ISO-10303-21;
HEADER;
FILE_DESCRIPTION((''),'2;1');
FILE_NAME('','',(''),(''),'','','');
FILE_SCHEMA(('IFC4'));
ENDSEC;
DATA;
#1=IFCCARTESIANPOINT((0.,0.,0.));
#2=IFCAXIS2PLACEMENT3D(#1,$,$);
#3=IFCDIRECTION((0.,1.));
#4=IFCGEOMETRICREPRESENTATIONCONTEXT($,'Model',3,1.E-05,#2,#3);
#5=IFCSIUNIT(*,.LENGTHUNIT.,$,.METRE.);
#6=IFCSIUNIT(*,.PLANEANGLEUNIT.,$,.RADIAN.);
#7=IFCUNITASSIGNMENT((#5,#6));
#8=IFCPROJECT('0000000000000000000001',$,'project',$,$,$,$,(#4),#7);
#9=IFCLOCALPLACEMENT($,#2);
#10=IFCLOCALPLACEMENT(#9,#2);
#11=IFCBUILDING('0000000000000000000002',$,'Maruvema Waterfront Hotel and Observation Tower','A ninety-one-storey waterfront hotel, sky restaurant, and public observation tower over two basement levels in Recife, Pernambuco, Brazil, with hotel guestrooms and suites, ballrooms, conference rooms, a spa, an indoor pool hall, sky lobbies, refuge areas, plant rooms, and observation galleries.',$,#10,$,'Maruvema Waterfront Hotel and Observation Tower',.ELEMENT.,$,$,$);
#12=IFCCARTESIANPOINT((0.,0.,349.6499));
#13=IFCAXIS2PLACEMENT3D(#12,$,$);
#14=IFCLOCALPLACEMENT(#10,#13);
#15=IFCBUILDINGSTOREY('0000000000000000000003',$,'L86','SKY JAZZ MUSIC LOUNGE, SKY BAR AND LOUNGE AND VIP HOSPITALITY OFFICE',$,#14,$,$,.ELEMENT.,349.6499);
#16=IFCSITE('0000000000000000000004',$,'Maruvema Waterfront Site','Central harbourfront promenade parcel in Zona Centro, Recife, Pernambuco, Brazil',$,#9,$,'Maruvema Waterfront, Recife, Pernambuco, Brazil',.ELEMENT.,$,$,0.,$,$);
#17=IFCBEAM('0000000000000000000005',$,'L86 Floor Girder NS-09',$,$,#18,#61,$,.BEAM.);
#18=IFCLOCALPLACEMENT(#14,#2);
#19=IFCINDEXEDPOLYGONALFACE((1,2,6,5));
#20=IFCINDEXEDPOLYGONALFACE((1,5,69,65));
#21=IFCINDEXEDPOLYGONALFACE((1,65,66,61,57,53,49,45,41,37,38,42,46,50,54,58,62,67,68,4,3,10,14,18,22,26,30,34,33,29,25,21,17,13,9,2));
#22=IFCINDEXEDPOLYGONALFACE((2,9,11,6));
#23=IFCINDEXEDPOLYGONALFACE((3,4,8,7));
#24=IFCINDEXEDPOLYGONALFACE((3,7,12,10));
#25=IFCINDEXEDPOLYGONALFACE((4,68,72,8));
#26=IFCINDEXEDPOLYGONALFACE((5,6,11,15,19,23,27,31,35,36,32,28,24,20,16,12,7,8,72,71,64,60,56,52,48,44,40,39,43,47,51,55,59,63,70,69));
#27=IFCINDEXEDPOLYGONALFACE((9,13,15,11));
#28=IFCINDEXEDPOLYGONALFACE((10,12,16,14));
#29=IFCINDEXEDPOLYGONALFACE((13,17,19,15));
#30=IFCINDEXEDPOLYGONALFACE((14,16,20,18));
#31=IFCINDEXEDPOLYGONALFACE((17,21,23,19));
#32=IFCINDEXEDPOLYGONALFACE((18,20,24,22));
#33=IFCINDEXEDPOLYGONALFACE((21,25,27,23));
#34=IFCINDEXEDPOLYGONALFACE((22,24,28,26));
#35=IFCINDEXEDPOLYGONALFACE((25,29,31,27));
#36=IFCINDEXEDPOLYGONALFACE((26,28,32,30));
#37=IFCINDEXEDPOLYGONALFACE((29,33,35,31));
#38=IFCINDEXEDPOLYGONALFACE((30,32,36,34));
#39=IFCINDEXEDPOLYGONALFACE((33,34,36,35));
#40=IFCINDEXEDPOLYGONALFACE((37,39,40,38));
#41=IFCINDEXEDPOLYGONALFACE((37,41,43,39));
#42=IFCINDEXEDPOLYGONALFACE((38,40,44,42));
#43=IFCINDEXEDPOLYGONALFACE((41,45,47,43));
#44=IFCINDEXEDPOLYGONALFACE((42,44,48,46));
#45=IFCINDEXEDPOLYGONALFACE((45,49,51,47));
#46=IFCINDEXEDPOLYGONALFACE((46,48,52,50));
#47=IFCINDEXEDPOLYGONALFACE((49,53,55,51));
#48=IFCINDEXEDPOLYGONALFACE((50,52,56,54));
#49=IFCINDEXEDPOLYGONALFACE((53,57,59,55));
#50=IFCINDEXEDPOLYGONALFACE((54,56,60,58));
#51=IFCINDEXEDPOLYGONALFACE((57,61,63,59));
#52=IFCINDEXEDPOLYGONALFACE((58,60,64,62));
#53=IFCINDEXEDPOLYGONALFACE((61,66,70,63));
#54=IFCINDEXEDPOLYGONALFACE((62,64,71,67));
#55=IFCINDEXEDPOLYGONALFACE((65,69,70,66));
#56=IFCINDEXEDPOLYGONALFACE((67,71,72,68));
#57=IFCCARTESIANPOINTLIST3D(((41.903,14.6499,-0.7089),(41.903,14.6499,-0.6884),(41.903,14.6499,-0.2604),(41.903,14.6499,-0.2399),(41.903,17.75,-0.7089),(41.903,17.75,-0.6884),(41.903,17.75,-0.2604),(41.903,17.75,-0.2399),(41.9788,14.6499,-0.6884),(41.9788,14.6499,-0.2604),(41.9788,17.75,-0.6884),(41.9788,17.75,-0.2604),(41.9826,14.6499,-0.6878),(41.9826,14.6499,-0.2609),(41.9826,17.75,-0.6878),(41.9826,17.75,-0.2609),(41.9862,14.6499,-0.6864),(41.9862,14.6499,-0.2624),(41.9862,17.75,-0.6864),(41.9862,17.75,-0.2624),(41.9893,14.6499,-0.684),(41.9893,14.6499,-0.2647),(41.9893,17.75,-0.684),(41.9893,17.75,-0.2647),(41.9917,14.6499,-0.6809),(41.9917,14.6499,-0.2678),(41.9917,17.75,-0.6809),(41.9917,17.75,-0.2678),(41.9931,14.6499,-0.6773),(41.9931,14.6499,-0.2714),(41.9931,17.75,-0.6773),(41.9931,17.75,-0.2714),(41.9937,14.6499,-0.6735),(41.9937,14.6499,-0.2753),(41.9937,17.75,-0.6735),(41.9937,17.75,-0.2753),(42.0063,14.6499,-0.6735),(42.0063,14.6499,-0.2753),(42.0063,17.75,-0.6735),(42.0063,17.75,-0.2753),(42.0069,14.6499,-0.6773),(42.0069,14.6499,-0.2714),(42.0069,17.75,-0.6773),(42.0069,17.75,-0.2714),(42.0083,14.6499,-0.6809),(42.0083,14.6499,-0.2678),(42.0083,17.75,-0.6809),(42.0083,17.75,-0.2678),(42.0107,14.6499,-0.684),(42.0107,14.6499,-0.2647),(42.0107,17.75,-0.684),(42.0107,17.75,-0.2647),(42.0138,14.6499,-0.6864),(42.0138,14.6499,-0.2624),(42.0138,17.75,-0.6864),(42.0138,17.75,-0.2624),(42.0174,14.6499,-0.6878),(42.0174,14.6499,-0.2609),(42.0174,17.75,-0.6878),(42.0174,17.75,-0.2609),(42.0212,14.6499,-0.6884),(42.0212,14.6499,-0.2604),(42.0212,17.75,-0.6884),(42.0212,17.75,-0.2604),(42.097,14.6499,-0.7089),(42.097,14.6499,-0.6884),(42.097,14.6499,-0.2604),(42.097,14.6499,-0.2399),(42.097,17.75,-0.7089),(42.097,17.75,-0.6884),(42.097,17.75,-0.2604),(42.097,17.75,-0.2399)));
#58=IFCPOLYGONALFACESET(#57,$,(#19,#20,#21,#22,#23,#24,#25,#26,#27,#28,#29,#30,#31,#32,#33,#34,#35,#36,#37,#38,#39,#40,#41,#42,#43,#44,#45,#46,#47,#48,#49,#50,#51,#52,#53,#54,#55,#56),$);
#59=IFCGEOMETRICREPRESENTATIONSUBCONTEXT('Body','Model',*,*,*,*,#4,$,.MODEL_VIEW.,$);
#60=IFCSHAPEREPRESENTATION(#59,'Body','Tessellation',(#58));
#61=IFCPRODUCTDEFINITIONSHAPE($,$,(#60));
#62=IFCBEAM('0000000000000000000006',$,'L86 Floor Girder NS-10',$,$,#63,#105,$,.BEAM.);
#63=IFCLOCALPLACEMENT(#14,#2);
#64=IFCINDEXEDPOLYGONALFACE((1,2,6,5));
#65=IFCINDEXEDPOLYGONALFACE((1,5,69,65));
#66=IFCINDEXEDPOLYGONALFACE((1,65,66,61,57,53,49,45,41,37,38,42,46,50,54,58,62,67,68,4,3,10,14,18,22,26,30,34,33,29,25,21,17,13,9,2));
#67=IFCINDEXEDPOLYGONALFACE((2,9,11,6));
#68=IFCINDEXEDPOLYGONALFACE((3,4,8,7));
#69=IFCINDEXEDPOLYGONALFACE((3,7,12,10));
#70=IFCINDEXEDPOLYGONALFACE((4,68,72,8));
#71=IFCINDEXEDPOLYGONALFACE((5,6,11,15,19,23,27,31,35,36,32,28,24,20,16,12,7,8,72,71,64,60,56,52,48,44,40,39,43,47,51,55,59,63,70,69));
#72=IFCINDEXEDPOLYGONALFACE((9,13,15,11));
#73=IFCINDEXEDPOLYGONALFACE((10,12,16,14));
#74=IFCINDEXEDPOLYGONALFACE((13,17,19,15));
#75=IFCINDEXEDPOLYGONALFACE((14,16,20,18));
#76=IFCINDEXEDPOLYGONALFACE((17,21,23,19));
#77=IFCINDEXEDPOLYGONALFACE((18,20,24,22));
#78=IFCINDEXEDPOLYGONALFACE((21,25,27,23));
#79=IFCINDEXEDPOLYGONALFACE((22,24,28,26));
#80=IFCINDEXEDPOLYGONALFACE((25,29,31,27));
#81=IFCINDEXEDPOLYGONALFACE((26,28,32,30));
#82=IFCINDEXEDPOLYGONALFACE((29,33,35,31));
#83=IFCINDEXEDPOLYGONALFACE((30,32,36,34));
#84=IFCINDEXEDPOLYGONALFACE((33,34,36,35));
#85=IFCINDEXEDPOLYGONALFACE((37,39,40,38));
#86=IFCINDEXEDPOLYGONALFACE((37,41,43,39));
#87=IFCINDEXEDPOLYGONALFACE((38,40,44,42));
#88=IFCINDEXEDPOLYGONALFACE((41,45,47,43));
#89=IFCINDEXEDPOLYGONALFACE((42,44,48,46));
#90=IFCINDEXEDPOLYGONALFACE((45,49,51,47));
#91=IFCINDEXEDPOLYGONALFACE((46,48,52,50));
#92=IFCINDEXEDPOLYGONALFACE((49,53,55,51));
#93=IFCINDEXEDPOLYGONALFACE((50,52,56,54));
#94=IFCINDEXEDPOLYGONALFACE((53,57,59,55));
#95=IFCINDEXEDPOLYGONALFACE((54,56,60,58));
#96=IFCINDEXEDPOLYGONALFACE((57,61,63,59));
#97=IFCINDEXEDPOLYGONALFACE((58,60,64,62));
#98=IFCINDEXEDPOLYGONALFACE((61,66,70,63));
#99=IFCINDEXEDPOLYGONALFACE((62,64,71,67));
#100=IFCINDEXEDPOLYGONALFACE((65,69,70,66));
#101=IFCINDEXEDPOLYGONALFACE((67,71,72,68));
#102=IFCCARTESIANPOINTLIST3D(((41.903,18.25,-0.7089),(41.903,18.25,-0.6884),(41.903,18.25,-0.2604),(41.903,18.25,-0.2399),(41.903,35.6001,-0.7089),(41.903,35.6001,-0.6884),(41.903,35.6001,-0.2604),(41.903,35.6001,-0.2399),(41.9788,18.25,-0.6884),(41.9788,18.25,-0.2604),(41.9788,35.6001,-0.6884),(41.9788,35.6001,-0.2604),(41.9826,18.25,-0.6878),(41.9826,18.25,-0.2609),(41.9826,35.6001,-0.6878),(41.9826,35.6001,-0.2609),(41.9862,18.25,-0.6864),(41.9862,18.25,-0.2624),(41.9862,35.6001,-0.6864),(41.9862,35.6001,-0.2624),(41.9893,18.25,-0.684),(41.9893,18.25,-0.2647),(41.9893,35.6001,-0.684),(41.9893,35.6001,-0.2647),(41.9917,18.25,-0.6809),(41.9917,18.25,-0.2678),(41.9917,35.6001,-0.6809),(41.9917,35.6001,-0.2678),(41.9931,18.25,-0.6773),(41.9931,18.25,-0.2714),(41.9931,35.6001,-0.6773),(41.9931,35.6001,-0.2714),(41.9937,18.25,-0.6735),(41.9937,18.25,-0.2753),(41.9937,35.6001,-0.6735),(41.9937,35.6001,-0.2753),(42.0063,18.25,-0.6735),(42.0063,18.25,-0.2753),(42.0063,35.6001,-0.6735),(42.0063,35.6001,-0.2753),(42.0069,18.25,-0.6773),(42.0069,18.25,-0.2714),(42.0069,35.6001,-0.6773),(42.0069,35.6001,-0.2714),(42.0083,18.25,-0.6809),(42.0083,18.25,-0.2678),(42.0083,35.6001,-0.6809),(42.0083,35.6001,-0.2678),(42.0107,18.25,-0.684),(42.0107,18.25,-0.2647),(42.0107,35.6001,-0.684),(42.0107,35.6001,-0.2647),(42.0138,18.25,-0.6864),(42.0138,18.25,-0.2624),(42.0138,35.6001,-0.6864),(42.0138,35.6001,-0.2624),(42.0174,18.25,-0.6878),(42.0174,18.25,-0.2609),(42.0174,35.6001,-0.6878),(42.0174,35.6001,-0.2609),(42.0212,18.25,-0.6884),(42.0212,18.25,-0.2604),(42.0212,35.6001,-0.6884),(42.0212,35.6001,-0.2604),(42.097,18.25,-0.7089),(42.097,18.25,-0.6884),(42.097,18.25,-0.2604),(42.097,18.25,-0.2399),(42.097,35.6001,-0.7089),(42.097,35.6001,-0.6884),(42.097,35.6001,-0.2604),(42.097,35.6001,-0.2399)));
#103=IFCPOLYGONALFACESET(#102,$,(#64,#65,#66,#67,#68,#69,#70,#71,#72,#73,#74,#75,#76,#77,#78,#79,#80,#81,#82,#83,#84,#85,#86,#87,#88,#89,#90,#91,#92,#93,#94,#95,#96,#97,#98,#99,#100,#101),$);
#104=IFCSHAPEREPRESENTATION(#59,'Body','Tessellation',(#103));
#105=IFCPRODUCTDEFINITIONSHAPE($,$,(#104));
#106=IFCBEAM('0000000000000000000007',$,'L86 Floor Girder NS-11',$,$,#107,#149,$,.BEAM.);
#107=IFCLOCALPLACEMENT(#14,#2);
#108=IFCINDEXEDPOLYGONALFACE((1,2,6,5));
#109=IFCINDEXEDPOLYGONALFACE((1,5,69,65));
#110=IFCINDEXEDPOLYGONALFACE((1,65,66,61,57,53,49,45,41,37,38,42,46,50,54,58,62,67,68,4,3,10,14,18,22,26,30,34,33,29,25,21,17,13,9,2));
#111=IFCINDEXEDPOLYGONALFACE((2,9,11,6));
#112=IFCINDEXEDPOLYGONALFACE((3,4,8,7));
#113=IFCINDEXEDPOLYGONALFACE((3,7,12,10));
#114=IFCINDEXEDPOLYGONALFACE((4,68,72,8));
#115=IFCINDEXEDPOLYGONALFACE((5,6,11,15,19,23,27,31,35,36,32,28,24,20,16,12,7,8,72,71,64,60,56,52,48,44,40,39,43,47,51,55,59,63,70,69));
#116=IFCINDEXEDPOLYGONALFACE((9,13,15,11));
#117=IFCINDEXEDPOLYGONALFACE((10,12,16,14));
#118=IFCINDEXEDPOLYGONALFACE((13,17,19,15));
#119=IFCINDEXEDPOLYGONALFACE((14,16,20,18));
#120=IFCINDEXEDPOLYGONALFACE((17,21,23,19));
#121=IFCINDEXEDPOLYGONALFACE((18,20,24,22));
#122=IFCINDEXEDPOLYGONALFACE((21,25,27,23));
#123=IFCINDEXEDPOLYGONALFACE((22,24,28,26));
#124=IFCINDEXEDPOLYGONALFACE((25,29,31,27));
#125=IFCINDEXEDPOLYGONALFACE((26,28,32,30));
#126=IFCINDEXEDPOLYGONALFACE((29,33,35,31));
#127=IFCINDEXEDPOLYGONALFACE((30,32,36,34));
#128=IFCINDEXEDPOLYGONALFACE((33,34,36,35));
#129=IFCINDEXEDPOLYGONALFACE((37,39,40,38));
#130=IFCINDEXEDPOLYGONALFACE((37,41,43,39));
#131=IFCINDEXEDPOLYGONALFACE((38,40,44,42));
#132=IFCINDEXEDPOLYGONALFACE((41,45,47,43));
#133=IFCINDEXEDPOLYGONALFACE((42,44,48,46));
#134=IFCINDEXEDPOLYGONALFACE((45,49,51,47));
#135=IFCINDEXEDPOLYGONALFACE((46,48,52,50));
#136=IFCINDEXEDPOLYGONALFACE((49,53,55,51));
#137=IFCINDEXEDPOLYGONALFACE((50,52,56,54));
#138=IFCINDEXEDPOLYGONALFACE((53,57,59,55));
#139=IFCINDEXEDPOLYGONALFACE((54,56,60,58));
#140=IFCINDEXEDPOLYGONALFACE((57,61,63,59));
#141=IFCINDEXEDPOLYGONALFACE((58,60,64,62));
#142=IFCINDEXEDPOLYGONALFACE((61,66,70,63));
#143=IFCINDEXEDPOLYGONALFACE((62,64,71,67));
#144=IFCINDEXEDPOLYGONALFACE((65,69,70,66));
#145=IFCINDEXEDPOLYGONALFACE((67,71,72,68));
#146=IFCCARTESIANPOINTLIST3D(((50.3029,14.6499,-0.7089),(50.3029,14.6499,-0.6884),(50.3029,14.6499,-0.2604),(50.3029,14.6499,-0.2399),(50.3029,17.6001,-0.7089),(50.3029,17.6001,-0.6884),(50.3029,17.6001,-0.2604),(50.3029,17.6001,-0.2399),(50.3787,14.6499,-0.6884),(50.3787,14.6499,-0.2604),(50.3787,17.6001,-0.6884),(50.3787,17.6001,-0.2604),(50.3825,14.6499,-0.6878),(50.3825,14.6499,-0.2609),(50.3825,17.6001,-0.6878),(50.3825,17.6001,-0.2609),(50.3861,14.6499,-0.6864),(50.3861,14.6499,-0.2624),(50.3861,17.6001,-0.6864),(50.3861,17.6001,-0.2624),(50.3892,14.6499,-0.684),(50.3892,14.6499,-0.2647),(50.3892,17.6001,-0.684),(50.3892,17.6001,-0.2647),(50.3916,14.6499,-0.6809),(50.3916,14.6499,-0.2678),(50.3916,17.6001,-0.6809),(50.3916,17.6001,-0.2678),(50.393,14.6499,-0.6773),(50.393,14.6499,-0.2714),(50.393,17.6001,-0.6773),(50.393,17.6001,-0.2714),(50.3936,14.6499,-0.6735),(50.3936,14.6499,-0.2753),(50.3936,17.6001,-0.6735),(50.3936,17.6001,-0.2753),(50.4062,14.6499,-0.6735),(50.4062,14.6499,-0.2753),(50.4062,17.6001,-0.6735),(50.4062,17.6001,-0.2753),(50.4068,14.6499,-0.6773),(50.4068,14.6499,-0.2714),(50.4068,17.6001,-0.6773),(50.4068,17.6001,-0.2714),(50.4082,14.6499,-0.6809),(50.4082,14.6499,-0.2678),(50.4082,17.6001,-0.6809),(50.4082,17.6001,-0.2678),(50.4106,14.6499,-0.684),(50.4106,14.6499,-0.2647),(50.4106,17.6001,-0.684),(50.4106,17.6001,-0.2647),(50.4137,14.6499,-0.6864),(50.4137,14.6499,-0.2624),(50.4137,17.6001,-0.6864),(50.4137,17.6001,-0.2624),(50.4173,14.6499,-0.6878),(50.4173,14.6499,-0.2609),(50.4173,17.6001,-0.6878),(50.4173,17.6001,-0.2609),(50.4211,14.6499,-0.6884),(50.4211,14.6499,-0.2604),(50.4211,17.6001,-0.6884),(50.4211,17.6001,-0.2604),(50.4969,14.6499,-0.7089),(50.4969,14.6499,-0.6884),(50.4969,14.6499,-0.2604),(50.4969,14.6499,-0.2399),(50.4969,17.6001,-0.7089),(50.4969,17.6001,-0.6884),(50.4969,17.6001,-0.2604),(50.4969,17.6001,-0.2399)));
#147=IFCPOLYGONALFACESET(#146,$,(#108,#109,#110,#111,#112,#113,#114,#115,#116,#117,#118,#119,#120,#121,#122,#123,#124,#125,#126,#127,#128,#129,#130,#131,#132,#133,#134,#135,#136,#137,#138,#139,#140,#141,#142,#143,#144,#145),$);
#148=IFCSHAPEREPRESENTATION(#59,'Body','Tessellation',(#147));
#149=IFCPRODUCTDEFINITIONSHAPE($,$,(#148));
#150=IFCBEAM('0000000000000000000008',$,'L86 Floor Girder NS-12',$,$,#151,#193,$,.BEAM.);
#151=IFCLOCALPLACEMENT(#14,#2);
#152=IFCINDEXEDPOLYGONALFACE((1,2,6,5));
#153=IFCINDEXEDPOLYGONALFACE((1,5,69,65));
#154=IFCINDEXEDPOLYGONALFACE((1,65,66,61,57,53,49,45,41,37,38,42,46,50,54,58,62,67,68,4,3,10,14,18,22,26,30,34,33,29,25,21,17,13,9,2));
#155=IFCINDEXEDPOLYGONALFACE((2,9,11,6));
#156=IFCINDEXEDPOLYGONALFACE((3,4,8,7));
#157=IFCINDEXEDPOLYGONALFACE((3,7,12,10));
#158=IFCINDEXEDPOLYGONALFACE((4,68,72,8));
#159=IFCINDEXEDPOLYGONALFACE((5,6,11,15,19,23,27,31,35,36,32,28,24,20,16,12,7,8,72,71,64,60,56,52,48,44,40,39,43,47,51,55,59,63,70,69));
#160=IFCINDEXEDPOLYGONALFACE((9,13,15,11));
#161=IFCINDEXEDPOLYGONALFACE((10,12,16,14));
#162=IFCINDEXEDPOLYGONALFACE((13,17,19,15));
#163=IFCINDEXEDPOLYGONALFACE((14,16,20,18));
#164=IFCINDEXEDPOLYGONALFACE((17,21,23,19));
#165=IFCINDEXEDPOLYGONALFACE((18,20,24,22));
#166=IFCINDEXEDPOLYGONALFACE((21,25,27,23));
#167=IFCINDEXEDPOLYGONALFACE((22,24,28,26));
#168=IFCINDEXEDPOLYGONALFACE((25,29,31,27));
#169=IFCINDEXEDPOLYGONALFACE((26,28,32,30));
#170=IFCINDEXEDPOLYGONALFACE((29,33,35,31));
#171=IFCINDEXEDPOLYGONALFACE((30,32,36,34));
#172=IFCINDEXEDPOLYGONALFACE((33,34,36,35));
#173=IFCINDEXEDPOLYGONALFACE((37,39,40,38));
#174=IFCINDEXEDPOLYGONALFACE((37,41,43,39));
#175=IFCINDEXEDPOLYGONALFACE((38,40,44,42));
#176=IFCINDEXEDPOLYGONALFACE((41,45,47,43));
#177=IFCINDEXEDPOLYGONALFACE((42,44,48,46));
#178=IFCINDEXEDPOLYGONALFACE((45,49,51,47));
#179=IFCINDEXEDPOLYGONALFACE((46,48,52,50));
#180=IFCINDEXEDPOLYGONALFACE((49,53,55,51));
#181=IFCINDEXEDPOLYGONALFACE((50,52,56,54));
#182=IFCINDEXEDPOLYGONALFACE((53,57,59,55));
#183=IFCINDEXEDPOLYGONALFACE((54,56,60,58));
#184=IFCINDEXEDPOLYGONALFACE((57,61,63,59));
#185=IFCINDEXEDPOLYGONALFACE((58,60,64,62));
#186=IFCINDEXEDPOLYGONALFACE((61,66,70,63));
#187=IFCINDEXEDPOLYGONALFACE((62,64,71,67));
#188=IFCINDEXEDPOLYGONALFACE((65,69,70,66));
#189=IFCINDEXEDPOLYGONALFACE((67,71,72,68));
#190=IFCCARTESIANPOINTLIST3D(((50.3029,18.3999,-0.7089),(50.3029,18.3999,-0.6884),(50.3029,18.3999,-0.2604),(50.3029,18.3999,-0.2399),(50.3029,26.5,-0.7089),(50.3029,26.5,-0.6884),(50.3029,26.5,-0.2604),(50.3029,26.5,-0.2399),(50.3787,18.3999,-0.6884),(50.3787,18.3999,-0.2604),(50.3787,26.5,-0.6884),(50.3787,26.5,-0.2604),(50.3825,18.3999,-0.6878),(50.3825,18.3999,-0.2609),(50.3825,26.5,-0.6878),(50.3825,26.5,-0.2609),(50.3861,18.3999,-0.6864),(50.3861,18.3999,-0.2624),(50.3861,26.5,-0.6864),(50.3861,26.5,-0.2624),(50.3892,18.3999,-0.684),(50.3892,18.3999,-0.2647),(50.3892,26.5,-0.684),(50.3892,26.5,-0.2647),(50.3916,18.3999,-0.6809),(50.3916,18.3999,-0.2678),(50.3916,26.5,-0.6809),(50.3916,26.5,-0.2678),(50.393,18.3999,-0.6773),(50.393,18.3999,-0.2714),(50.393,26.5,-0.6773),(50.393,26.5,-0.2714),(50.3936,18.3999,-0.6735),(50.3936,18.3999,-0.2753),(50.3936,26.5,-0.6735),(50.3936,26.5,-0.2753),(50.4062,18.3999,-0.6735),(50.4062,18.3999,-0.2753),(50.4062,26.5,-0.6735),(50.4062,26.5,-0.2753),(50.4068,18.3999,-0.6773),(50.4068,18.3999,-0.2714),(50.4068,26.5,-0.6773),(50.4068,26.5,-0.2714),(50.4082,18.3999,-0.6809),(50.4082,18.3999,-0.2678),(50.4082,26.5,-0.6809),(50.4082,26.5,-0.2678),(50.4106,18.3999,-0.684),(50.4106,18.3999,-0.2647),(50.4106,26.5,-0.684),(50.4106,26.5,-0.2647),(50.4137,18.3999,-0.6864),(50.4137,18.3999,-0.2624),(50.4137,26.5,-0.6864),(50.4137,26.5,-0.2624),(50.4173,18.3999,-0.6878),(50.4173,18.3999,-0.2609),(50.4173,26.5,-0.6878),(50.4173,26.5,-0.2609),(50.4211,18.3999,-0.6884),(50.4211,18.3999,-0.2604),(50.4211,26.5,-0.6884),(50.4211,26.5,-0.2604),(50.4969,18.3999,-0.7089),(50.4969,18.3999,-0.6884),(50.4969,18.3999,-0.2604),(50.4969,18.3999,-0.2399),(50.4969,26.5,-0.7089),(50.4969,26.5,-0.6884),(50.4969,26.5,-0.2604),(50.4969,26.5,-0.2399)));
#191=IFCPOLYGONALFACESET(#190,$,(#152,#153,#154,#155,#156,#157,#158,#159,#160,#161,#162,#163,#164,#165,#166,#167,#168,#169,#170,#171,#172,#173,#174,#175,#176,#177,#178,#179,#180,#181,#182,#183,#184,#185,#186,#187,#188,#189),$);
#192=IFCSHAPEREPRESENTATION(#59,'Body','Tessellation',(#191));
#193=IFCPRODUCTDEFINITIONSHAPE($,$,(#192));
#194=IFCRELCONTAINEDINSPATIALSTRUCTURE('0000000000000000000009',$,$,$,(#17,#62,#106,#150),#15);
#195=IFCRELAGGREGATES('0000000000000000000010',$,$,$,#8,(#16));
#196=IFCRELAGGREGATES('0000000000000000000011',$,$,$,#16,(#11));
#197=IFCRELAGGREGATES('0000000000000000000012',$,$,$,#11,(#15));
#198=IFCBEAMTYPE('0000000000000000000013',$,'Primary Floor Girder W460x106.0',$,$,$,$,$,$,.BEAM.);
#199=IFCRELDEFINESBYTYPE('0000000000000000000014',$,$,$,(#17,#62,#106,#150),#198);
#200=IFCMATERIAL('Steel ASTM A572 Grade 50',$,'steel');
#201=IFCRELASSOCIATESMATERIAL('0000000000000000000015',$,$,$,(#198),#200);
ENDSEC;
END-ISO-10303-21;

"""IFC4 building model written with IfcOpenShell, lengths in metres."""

from ifc_helpers import new_model, si_unit, direction, frame, origin, origin_2d, place, context, subcontext, project, spatial, i_section, extrude, material, material_profile, profile_set, type_object, element, save


model = new_model("IFC4")

# Units and contexts
model_context = context("Model", 3, precision=1e-05, world=origin(), true_north=direction((0.0, 1.0)))
body_context = subcontext(model_context, "Body", "Model", "MODEL_VIEW")
ifc_project = project(units=[si_unit("LENGTHUNIT", "METRE"), si_unit("PLANEANGLEUNIT", "RADIAN")], contexts=[model_context])

# Site, building, storey
site_placement = place(None, origin())
site = spatial("IfcSite", under=ifc_project, at=site_placement, Name="Maruvema Waterfront Site", Description="Central harbourfront promenade parcel in Zona Centro, Recife, Pernambuco, Brazil", LongName="Maruvema Waterfront, Recife, Pernambuco, Brazil", CompositionType="ELEMENT", RefElevation=0.0)
building_placement = place(site_placement, origin())
building = spatial("IfcBuilding", under=site, at=building_placement, Name="Maruvema Waterfront Hotel and Observation Tower", Description="A ninety-one-storey waterfront hotel, sky restaurant, and public observation tower over two basement levels in Recife, Pernambuco, Brazil, with hotel guestrooms and suites, ballrooms, conference rooms, a spa, an indoor pool hall, sky lobbies, refuge areas, plant rooms, and observation galleries.", LongName="Maruvema Waterfront Hotel and Observation Tower", CompositionType="ELEMENT")
storey_placement = place(building_placement, frame((0.0, 0.0, 349.6499)))
storey = spatial("IfcBuildingStorey", under=building, at=storey_placement, Name="L86", Description="SKY JAZZ MUSIC LOUNGE, SKY BAR AND LOUNGE AND VIP HOSPITALITY OFFICE", CompositionType="ELEMENT", Elevation=349.6499)

# Beams
ifc_material_1 = material(Name="Steel ASTM A572 Grade 50", Category="steel")
ifc_material_profile_1 = material_profile(ifc_material_1, i_section(OverallWidth=0.1941, OverallDepth=0.469, WebThickness=0.0127, FlangeThickness=0.0205, FilletRadius=0.0149, at=origin_2d()), Name="W460x106.0")
ifc_profile_set_1 = profile_set([ifc_material_profile_1], Name="Steel ASTM A572 Grade 50")
beam_type_1 = type_object("IfcBeamType", Name="Primary Floor Girder W460x106.0", PredefinedType="BEAM", material=ifc_profile_set_1)
beam_1_placement = place(storey_placement, frame((42.0, 14.6499, -0.4744), z_axis=(0.0, 1.0, 0.0), x_axis=(-1.0, 0.0, 0.0)))
element("IfcBeam", 1, at=beam_1_placement, inside=storey, type_object=beam_type_1, Name="L86 Floor Girder NS-09", PredefinedType="BEAM", context=body_context, shape_type="SweptSolid", body=[
    extrude(i_section(OverallWidth=0.1941, OverallDepth=0.469, WebThickness=0.0127, FlangeThickness=0.0205, FilletRadius=0.0149, at=origin_2d()), origin(), (0.0, 0.0, 1.0), 3.1001),
])
beam_2_placement = place(storey_placement, frame((42.0, 18.25, -0.4744), z_axis=(0.0, 1.0, 0.0), x_axis=(-1.0, 0.0, 0.0)))
element("IfcBeam", 2, at=beam_2_placement, inside=storey, type_object=beam_type_1, Name="L86 Floor Girder NS-10", PredefinedType="BEAM", context=body_context, shape_type="SweptSolid", body=[
    extrude(i_section(OverallWidth=0.1941, OverallDepth=0.469, WebThickness=0.0127, FlangeThickness=0.0205, FilletRadius=0.0149, at=origin_2d()), origin(), (0.0, 0.0, 1.0), 17.3501),
])
beam_3_placement = place(storey_placement, frame((50.3999, 14.6499, -0.4744), z_axis=(0.0, 1.0, 0.0), x_axis=(-1.0, 0.0, 0.0)))
element("IfcBeam", 3, at=beam_3_placement, inside=storey, type_object=beam_type_1, Name="L86 Floor Girder NS-11", PredefinedType="BEAM", context=body_context, shape_type="SweptSolid", body=[
    extrude(i_section(OverallWidth=0.1941, OverallDepth=0.469, WebThickness=0.0127, FlangeThickness=0.0205, FilletRadius=0.0149, at=origin_2d()), origin(), (0.0, 0.0, 1.0), 2.9502),
])
beam_4_placement = place(storey_placement, frame((50.3999, 18.3999, -0.4744), z_axis=(0.0, 1.0, 0.0), x_axis=(-1.0, 0.0, 0.0)))
element("IfcBeam", 4, at=beam_4_placement, inside=storey, type_object=beam_type_1, Name="L86 Floor Girder NS-12", PredefinedType="BEAM", context=body_context, shape_type="SweptSolid", body=[
    extrude(i_section(OverallWidth=0.1941, OverallDepth=0.469, WebThickness=0.0127, FlangeThickness=0.0205, FilletRadius=0.0149, at=origin_2d()), origin(), (0.0, 0.0, 1.0), 8.1001),
])

save(model, "model.ifc")
